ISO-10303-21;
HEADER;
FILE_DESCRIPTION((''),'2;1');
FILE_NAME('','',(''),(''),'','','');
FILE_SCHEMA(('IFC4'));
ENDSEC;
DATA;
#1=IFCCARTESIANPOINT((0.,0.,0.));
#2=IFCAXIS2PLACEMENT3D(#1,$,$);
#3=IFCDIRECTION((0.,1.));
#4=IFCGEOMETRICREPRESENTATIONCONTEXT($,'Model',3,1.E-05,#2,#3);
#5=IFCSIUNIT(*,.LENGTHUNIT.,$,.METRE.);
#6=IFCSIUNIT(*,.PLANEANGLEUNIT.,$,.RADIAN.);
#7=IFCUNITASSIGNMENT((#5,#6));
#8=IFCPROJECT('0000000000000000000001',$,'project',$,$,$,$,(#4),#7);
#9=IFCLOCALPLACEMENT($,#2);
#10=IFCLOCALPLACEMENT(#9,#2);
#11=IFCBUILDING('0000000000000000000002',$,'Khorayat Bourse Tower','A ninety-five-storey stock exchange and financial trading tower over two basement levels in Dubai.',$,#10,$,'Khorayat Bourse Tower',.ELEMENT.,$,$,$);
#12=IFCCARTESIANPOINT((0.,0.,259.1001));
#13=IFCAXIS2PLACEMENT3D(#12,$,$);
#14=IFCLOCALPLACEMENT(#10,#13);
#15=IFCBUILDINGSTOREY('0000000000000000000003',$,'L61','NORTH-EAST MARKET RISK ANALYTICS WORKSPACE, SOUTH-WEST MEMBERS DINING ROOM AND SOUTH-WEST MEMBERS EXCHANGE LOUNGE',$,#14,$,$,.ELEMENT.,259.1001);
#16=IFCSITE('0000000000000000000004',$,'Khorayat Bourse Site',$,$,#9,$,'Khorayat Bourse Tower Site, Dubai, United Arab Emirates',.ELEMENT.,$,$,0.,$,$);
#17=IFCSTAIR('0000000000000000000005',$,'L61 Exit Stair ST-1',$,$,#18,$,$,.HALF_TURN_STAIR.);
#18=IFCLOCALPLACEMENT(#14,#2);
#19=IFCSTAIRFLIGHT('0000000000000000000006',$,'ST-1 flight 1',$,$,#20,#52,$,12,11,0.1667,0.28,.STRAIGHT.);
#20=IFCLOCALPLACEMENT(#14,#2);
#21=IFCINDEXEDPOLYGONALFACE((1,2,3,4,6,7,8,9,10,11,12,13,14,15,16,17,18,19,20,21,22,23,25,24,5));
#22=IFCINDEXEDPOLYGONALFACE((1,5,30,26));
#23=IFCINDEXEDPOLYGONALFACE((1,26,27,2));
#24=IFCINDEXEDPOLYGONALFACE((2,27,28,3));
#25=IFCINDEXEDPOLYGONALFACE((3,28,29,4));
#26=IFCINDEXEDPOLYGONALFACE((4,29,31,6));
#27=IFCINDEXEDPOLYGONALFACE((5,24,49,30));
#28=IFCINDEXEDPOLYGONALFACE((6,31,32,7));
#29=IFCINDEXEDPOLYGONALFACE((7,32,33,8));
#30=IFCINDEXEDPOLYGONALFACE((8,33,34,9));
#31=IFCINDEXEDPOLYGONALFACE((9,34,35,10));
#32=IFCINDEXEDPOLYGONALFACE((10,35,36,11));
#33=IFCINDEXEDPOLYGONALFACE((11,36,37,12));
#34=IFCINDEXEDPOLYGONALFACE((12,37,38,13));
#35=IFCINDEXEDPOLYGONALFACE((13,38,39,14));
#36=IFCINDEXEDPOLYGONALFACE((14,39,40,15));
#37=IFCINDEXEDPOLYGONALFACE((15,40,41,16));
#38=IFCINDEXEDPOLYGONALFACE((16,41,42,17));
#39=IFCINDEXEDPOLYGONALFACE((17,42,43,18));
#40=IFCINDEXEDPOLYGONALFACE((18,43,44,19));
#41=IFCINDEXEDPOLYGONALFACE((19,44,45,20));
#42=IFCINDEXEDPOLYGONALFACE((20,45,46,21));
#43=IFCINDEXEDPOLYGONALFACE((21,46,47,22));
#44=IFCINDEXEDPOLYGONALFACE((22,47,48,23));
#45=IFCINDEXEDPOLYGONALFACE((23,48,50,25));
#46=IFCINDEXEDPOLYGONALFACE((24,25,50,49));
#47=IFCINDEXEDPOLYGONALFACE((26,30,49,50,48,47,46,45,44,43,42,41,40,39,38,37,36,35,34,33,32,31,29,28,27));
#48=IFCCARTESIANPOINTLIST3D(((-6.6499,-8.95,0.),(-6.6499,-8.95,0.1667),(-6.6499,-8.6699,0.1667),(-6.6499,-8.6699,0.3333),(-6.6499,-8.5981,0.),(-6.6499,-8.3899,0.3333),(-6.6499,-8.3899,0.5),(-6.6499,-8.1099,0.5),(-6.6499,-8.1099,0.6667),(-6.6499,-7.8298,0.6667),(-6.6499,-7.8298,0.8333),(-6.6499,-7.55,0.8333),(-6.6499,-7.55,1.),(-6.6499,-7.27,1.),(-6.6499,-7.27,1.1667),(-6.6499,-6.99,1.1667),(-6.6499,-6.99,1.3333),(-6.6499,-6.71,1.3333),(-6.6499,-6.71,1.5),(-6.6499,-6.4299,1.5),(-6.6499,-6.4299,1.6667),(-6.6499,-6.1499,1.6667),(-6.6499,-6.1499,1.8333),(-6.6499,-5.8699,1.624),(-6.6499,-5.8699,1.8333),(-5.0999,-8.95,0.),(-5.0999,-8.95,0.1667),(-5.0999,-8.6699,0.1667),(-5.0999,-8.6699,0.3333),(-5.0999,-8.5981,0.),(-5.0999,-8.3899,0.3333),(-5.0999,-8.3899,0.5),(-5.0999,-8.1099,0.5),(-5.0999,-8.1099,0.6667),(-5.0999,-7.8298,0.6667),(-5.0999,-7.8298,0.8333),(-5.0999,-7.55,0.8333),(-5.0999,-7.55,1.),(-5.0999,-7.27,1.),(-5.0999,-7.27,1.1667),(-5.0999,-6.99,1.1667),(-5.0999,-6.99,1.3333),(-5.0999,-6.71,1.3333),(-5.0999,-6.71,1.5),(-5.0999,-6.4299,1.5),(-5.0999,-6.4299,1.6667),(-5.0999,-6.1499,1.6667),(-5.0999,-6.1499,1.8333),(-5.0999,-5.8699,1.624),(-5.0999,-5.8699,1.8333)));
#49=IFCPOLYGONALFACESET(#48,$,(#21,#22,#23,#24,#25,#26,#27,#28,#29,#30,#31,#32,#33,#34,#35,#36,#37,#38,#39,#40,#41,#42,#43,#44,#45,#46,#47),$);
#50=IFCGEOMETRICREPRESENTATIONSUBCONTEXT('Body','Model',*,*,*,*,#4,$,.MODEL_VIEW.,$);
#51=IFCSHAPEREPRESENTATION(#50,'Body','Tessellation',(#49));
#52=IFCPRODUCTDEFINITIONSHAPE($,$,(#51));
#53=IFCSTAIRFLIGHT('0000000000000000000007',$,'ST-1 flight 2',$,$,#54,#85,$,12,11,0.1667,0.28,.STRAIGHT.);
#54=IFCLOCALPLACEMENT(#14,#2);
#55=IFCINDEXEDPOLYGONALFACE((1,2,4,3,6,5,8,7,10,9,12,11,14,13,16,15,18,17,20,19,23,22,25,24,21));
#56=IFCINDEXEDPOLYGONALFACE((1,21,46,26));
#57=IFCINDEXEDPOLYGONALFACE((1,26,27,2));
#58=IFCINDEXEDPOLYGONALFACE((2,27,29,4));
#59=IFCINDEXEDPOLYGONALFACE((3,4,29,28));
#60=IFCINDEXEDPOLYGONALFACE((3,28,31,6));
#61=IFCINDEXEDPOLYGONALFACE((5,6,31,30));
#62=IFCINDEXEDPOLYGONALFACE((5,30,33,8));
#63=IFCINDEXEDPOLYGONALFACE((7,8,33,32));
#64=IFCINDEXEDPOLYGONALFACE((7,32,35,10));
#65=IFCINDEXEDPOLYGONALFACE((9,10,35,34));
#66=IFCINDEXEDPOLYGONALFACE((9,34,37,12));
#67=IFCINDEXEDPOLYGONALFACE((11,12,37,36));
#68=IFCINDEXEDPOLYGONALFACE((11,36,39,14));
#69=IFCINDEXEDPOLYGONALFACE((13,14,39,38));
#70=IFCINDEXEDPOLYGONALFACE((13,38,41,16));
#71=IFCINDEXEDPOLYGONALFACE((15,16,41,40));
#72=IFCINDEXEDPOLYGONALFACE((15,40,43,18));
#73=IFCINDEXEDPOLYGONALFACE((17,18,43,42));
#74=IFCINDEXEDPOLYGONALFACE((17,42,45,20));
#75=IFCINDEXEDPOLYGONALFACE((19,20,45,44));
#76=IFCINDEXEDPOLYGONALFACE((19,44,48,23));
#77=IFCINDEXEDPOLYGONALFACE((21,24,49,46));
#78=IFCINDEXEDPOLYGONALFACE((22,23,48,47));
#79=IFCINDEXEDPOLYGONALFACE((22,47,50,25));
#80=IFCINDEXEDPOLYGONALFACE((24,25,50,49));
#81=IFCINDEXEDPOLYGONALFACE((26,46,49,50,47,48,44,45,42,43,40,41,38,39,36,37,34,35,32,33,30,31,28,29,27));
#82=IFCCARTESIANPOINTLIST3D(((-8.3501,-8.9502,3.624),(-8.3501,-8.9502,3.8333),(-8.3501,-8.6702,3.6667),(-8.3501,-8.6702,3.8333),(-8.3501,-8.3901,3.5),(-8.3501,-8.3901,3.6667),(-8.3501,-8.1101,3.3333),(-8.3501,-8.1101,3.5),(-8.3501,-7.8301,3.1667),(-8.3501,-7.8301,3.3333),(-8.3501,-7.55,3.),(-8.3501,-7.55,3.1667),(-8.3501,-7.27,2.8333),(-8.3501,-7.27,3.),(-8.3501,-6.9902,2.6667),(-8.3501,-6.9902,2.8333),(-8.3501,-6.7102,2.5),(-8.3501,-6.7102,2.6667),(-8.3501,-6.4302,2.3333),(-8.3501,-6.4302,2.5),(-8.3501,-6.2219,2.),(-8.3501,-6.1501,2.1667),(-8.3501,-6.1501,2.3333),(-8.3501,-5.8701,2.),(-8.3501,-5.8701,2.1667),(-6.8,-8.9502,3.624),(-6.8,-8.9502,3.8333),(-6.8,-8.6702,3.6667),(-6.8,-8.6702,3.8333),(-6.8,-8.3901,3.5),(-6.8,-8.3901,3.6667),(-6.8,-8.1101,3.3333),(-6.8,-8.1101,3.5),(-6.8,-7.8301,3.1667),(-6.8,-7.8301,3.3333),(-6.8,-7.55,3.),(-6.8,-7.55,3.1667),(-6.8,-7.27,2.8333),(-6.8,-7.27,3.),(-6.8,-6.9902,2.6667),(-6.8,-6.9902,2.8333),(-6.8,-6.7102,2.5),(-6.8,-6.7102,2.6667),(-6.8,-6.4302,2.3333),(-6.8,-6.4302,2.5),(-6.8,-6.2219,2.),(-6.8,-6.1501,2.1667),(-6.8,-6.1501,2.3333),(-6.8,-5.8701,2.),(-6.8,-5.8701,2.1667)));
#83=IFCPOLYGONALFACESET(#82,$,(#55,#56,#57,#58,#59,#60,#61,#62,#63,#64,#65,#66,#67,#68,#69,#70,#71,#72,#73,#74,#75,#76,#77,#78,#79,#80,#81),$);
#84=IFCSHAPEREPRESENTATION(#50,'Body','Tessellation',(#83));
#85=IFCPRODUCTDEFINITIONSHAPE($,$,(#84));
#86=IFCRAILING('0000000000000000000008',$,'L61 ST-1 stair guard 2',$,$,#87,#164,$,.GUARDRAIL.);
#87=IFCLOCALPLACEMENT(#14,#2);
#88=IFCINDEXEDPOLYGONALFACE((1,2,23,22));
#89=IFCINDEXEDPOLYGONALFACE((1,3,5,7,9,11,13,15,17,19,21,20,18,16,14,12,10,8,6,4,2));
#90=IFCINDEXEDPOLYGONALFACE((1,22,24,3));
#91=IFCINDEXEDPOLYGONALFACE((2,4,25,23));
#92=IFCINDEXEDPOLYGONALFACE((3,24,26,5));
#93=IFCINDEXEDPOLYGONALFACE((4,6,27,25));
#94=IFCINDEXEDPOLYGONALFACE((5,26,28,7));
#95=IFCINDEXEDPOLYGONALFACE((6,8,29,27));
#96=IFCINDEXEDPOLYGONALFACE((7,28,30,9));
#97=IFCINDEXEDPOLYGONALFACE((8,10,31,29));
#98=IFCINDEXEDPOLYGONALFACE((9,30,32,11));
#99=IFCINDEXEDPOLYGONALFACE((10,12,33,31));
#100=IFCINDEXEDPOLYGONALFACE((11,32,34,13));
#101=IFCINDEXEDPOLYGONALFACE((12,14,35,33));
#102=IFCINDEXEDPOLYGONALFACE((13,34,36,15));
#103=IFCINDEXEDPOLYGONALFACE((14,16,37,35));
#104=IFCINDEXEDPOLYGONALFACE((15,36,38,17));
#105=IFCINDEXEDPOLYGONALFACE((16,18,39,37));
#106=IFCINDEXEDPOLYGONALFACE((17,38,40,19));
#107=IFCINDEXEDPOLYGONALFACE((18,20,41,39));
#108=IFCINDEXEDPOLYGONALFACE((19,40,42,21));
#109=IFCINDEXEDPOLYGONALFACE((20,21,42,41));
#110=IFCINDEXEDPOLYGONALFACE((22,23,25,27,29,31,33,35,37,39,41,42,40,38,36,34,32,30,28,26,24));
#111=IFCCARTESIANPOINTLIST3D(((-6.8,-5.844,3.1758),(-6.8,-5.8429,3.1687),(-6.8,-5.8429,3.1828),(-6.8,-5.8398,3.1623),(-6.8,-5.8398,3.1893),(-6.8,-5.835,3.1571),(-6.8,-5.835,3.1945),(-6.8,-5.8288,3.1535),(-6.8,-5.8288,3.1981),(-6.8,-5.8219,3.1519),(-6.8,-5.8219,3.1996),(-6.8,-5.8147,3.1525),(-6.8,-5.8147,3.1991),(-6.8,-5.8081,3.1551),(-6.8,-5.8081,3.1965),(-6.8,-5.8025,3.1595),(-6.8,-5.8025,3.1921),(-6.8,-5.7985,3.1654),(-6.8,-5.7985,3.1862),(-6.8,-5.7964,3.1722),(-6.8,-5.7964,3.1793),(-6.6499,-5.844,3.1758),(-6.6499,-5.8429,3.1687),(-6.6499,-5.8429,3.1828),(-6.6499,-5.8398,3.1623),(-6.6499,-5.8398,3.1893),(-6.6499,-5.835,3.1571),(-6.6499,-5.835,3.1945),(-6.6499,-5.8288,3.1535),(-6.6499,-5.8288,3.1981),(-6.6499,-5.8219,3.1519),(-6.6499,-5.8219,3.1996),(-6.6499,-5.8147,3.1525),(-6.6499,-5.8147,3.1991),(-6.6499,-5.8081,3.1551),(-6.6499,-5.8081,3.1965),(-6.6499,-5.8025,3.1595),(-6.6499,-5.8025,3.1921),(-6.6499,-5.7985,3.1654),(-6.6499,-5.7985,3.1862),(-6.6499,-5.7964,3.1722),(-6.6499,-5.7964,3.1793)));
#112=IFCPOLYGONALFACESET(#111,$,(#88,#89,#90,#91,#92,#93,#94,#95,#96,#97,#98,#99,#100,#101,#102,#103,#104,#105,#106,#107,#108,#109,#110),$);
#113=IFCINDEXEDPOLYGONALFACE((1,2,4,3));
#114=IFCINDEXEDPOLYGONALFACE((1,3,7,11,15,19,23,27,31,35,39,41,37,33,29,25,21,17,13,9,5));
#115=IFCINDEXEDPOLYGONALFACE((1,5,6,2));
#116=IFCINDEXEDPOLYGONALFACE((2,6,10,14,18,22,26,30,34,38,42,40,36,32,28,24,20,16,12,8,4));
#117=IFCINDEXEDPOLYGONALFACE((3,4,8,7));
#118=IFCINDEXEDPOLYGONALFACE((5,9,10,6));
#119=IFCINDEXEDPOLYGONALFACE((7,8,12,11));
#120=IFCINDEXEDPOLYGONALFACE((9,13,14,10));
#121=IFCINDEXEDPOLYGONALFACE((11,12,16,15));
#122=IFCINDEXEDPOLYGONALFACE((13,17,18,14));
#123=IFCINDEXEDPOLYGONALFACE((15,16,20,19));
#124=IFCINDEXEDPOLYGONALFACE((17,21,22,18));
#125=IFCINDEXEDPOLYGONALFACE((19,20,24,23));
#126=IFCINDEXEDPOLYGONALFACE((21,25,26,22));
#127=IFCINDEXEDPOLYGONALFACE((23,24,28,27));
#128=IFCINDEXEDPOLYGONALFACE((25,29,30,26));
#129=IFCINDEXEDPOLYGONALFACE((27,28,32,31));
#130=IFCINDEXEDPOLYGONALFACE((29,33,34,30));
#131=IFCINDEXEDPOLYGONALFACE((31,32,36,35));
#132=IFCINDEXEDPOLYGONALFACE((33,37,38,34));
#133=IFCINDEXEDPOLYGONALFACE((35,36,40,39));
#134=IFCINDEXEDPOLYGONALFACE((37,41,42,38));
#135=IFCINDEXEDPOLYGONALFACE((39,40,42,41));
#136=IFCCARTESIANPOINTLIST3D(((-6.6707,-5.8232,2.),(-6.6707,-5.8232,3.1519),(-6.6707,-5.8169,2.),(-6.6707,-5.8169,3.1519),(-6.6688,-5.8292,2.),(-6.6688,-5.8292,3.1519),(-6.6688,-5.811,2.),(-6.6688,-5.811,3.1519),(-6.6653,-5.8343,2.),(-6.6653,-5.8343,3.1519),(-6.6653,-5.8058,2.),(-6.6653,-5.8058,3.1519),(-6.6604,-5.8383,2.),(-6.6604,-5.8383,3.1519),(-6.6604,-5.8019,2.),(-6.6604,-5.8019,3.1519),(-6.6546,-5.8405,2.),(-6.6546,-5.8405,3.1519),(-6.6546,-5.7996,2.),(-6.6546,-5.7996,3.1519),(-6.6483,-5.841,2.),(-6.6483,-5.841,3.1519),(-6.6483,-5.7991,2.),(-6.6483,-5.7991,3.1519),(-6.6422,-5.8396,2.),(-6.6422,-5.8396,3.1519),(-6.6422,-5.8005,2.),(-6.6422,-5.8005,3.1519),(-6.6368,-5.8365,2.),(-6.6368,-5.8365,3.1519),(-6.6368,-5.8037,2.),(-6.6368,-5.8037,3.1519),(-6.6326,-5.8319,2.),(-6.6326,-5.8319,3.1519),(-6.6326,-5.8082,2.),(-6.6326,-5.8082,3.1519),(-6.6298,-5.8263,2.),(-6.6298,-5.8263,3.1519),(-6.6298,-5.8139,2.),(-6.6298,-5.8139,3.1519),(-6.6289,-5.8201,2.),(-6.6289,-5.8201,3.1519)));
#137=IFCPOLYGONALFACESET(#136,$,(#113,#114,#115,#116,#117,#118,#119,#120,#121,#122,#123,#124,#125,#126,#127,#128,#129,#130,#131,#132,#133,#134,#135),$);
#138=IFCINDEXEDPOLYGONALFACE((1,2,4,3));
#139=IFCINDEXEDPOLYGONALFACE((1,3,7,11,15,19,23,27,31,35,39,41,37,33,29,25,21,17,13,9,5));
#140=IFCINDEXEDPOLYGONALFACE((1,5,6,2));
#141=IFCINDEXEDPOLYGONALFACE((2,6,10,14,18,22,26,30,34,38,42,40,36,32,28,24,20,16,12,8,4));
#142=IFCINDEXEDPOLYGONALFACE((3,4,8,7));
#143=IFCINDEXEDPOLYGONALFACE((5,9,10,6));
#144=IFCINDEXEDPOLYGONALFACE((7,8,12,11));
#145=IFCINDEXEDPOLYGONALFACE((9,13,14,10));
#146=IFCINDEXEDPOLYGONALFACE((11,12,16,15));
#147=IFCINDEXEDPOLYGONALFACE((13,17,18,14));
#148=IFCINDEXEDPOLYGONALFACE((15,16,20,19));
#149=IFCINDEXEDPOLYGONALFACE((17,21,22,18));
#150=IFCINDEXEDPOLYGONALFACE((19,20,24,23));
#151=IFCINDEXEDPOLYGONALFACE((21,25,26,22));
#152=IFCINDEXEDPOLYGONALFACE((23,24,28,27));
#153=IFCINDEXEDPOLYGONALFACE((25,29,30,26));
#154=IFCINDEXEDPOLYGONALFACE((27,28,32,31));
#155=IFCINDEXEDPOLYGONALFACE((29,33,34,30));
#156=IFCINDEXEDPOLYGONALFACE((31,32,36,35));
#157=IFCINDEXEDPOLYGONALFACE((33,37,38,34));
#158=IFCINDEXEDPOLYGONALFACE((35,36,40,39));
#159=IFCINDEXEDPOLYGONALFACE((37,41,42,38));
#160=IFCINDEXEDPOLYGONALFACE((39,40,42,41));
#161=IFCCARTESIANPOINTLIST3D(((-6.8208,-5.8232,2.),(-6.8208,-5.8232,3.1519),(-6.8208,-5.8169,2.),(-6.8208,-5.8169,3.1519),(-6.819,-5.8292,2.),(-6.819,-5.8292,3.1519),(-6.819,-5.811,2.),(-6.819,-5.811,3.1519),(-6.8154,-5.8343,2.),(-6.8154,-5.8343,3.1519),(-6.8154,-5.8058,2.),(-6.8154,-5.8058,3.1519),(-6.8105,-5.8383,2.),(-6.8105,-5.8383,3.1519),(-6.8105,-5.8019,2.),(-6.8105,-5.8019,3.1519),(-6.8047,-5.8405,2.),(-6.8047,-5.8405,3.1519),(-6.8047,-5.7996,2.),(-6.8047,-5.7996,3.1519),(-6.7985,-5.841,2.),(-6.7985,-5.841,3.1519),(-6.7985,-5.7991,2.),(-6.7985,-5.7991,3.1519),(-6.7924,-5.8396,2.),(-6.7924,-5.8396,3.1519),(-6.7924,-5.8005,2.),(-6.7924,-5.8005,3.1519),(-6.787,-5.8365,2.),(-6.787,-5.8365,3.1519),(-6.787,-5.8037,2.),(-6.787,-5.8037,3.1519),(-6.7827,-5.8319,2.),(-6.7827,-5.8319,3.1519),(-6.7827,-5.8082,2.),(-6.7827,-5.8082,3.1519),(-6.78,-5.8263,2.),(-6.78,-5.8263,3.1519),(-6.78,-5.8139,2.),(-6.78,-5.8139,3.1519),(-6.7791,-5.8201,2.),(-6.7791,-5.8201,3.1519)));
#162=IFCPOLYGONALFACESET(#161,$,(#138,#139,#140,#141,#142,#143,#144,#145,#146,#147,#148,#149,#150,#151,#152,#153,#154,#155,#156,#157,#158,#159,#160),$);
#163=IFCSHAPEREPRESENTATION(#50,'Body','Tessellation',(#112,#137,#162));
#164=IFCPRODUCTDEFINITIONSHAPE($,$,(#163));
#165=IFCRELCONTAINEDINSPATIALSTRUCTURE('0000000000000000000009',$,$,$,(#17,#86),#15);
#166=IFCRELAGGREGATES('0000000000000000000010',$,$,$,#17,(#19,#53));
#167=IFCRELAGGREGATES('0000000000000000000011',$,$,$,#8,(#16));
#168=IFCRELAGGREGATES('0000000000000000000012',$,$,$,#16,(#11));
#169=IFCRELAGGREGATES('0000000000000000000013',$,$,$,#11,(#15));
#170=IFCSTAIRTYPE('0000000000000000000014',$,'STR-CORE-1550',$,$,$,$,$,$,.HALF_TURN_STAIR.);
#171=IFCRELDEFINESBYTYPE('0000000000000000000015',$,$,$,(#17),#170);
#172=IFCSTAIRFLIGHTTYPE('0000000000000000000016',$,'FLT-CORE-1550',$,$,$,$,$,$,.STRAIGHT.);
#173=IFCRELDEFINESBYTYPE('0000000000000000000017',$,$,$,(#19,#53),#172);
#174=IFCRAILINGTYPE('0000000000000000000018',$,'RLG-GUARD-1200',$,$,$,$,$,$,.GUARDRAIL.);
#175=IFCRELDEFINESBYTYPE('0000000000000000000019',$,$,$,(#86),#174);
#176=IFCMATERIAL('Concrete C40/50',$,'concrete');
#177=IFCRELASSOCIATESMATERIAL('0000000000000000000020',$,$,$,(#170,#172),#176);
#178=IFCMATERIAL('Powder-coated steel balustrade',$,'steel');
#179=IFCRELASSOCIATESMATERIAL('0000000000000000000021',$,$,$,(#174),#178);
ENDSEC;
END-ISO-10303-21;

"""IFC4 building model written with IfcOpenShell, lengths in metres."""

from ifc_helpers import new_model, si_unit, direction, frame, origin, origin_2d, place, context, subcontext, project, spatial, polyline, circle, outline, extrude, source, transform, mapped, material, type_object, element, aggregate, save


model = new_model("IFC4")

# Units and contexts
model_context = context("Model", 3, precision=1e-05, world=origin(), true_north=direction((0.0, 1.0)))
body_context = subcontext(model_context, "Body", "Model", "MODEL_VIEW")
ifc_project = project(units=[si_unit("LENGTHUNIT", "METRE"), si_unit("PLANEANGLEUNIT", "RADIAN")], contexts=[model_context])

# Site, building, storey
site_placement = place(None, origin())
site = spatial("IfcSite", under=ifc_project, at=site_placement, Name="Khorayat Bourse Site", LongName="Khorayat Bourse Tower Site, Dubai, United Arab Emirates", CompositionType="ELEMENT", RefElevation=0.0)
building_placement = place(site_placement, origin())
building = spatial("IfcBuilding", under=site, at=building_placement, Name="Khorayat Bourse Tower", Description="A ninety-five-storey stock exchange and financial trading tower over two basement levels in Dubai.", LongName="Khorayat Bourse Tower", CompositionType="ELEMENT")
storey_placement = place(building_placement, frame((0.0, 0.0, 259.1001)))
storey = spatial("IfcBuildingStorey", under=building, at=storey_placement, Name="L61", Description="NORTH-EAST MARKET RISK ANALYTICS WORKSPACE, SOUTH-WEST MEMBERS DINING ROOM AND SOUTH-WEST MEMBERS EXCHANGE LOUNGE", CompositionType="ELEMENT", Elevation=259.1001)

# Stair, stair flights
ifc_material_1 = material(Name="Concrete C40/50", Category="concrete")
stair_type = type_object("IfcStairType", Name="STR-CORE-1550", PredefinedType="HALF_TURN_STAIR", material=ifc_material_1)
stair_placement = place(storey_placement, origin())
stair = element("IfcStair", 1, at=stair_placement, inside=storey, type_object=stair_type, Name="L61 Exit Stair ST-1", PredefinedType="HALF_TURN_STAIR")
stair_flight_type = type_object("IfcStairFlightType", Name="FLT-CORE-1550", PredefinedType="STRAIGHT", material=ifc_material_1)
shared_shape_1 = source(origin(), body_context, "Body", "SweptSolid", [
    extrude(outline(polyline([(0.0, 0.0), (0.0, 0.1667), (0.28, 0.1667), (0.28, 0.3333), (0.5601, 0.3333), (0.5601, 0.5), (0.8401, 0.5), (0.8401, 0.6667), (1.1201, 0.6667), (1.1201, 0.8333), (1.3999, 0.8333), (1.3999, 1.0), (1.6799, 1.0), (1.6799, 1.1667), (1.96, 1.1667), (1.96, 1.3333), (2.24, 1.3333), (2.24, 1.5), (2.52, 1.5), (2.52, 1.6667), (2.8, 1.6667), (2.8, 1.8333), (3.0801, 1.8333), (3.0801, 2.0), (3.0801, 1.624), (0.3518, 0.0), (0.0, 0.0)])), frame((0.0, 0.7749, 0.0), z_axis=(0.0, -1.0, 0.0), x_axis=(1.0, 0.0, 0.0)), (0.0, 0.0, 1.0), 1.55),
])
stair_flight_1_placement = place(storey_placement, frame((-5.875, -8.95, 0.0), z_axis=(0.0, 0.0, 1.0), x_axis=(0.0, 1.0, 0.0)))
stair_flight_1 = element("IfcStairFlight", 2, at=stair_flight_1_placement, type_object=stair_flight_type, Name="ST-1 flight 1", NumberOfRisers=12, NumberOfTreads=11, PredefinedType="STRAIGHT", RiserHeight=0.1667, TreadLength=0.28, context=body_context, shape_type="MappedRepresentation", body=[
    mapped(shared_shape_1, transform((0.0, 0.0, 0.0), scale=1.0)),
])
stair_flight_2_placement = place(storey_placement, frame((-7.575, -5.8701, 2.0), z_axis=(0.0, 0.0, 1.0), x_axis=(0.0, -1.0, 0.0)))
stair_flight_2 = element("IfcStairFlight", 3, at=stair_flight_2_placement, type_object=stair_flight_type, Name="ST-1 flight 2", NumberOfRisers=12, NumberOfTreads=11, PredefinedType="STRAIGHT", RiserHeight=0.1667, TreadLength=0.28, context=body_context, shape_type="MappedRepresentation", body=[
    mapped(shared_shape_1, transform((0.0, 0.0, 0.0), scale=1.0)),
])
aggregate(stair, [stair_flight_1, stair_flight_2])

# Railing
ifc_material_2 = material(Name="Powder-coated steel balustrade", Category="steel")
railing_type_1 = type_object("IfcRailingType", Name="RLG-GUARD-1200", PredefinedType="GUARDRAIL", material=ifc_material_2)
shared_shape_2 = source(origin(), body_context, "Body", "SweptSolid", [
    extrude(circle(Radius=0.0239, at=origin_2d()), frame((0.0, 0.0, 1.1758), z_axis=(-1.0, 0.0, 0.0), x_axis=(0.0, -1.0, 0.0)), (0.0, 0.0, 1.0), 0.1501),
    extrude(circle(Radius=0.021, at=origin_2d()), origin(), (0.0, 0.0, 1.0), 1.1519),
    extrude(circle(Radius=0.021, at=origin_2d()), frame((-0.1501, 0.0, 0.0)), (0.0, 0.0, 1.0), 1.1519),
])
for number, where, name in (
    (4, (-6.6499, -5.8201, 2.0), "L61 ST-1 stair guard 2"),
):
    element("IfcRailing", number, at=place(storey_placement, frame(where)), inside=storey, type_object=railing_type_1, Name=name, PredefinedType="GUARDRAIL", context=body_context, shape_type="MappedRepresentation", body=[
        mapped(shared_shape_2, transform((0.0, 0.0, 0.0), scale=1.0)),
    ])

save(model, "model.ifc")
